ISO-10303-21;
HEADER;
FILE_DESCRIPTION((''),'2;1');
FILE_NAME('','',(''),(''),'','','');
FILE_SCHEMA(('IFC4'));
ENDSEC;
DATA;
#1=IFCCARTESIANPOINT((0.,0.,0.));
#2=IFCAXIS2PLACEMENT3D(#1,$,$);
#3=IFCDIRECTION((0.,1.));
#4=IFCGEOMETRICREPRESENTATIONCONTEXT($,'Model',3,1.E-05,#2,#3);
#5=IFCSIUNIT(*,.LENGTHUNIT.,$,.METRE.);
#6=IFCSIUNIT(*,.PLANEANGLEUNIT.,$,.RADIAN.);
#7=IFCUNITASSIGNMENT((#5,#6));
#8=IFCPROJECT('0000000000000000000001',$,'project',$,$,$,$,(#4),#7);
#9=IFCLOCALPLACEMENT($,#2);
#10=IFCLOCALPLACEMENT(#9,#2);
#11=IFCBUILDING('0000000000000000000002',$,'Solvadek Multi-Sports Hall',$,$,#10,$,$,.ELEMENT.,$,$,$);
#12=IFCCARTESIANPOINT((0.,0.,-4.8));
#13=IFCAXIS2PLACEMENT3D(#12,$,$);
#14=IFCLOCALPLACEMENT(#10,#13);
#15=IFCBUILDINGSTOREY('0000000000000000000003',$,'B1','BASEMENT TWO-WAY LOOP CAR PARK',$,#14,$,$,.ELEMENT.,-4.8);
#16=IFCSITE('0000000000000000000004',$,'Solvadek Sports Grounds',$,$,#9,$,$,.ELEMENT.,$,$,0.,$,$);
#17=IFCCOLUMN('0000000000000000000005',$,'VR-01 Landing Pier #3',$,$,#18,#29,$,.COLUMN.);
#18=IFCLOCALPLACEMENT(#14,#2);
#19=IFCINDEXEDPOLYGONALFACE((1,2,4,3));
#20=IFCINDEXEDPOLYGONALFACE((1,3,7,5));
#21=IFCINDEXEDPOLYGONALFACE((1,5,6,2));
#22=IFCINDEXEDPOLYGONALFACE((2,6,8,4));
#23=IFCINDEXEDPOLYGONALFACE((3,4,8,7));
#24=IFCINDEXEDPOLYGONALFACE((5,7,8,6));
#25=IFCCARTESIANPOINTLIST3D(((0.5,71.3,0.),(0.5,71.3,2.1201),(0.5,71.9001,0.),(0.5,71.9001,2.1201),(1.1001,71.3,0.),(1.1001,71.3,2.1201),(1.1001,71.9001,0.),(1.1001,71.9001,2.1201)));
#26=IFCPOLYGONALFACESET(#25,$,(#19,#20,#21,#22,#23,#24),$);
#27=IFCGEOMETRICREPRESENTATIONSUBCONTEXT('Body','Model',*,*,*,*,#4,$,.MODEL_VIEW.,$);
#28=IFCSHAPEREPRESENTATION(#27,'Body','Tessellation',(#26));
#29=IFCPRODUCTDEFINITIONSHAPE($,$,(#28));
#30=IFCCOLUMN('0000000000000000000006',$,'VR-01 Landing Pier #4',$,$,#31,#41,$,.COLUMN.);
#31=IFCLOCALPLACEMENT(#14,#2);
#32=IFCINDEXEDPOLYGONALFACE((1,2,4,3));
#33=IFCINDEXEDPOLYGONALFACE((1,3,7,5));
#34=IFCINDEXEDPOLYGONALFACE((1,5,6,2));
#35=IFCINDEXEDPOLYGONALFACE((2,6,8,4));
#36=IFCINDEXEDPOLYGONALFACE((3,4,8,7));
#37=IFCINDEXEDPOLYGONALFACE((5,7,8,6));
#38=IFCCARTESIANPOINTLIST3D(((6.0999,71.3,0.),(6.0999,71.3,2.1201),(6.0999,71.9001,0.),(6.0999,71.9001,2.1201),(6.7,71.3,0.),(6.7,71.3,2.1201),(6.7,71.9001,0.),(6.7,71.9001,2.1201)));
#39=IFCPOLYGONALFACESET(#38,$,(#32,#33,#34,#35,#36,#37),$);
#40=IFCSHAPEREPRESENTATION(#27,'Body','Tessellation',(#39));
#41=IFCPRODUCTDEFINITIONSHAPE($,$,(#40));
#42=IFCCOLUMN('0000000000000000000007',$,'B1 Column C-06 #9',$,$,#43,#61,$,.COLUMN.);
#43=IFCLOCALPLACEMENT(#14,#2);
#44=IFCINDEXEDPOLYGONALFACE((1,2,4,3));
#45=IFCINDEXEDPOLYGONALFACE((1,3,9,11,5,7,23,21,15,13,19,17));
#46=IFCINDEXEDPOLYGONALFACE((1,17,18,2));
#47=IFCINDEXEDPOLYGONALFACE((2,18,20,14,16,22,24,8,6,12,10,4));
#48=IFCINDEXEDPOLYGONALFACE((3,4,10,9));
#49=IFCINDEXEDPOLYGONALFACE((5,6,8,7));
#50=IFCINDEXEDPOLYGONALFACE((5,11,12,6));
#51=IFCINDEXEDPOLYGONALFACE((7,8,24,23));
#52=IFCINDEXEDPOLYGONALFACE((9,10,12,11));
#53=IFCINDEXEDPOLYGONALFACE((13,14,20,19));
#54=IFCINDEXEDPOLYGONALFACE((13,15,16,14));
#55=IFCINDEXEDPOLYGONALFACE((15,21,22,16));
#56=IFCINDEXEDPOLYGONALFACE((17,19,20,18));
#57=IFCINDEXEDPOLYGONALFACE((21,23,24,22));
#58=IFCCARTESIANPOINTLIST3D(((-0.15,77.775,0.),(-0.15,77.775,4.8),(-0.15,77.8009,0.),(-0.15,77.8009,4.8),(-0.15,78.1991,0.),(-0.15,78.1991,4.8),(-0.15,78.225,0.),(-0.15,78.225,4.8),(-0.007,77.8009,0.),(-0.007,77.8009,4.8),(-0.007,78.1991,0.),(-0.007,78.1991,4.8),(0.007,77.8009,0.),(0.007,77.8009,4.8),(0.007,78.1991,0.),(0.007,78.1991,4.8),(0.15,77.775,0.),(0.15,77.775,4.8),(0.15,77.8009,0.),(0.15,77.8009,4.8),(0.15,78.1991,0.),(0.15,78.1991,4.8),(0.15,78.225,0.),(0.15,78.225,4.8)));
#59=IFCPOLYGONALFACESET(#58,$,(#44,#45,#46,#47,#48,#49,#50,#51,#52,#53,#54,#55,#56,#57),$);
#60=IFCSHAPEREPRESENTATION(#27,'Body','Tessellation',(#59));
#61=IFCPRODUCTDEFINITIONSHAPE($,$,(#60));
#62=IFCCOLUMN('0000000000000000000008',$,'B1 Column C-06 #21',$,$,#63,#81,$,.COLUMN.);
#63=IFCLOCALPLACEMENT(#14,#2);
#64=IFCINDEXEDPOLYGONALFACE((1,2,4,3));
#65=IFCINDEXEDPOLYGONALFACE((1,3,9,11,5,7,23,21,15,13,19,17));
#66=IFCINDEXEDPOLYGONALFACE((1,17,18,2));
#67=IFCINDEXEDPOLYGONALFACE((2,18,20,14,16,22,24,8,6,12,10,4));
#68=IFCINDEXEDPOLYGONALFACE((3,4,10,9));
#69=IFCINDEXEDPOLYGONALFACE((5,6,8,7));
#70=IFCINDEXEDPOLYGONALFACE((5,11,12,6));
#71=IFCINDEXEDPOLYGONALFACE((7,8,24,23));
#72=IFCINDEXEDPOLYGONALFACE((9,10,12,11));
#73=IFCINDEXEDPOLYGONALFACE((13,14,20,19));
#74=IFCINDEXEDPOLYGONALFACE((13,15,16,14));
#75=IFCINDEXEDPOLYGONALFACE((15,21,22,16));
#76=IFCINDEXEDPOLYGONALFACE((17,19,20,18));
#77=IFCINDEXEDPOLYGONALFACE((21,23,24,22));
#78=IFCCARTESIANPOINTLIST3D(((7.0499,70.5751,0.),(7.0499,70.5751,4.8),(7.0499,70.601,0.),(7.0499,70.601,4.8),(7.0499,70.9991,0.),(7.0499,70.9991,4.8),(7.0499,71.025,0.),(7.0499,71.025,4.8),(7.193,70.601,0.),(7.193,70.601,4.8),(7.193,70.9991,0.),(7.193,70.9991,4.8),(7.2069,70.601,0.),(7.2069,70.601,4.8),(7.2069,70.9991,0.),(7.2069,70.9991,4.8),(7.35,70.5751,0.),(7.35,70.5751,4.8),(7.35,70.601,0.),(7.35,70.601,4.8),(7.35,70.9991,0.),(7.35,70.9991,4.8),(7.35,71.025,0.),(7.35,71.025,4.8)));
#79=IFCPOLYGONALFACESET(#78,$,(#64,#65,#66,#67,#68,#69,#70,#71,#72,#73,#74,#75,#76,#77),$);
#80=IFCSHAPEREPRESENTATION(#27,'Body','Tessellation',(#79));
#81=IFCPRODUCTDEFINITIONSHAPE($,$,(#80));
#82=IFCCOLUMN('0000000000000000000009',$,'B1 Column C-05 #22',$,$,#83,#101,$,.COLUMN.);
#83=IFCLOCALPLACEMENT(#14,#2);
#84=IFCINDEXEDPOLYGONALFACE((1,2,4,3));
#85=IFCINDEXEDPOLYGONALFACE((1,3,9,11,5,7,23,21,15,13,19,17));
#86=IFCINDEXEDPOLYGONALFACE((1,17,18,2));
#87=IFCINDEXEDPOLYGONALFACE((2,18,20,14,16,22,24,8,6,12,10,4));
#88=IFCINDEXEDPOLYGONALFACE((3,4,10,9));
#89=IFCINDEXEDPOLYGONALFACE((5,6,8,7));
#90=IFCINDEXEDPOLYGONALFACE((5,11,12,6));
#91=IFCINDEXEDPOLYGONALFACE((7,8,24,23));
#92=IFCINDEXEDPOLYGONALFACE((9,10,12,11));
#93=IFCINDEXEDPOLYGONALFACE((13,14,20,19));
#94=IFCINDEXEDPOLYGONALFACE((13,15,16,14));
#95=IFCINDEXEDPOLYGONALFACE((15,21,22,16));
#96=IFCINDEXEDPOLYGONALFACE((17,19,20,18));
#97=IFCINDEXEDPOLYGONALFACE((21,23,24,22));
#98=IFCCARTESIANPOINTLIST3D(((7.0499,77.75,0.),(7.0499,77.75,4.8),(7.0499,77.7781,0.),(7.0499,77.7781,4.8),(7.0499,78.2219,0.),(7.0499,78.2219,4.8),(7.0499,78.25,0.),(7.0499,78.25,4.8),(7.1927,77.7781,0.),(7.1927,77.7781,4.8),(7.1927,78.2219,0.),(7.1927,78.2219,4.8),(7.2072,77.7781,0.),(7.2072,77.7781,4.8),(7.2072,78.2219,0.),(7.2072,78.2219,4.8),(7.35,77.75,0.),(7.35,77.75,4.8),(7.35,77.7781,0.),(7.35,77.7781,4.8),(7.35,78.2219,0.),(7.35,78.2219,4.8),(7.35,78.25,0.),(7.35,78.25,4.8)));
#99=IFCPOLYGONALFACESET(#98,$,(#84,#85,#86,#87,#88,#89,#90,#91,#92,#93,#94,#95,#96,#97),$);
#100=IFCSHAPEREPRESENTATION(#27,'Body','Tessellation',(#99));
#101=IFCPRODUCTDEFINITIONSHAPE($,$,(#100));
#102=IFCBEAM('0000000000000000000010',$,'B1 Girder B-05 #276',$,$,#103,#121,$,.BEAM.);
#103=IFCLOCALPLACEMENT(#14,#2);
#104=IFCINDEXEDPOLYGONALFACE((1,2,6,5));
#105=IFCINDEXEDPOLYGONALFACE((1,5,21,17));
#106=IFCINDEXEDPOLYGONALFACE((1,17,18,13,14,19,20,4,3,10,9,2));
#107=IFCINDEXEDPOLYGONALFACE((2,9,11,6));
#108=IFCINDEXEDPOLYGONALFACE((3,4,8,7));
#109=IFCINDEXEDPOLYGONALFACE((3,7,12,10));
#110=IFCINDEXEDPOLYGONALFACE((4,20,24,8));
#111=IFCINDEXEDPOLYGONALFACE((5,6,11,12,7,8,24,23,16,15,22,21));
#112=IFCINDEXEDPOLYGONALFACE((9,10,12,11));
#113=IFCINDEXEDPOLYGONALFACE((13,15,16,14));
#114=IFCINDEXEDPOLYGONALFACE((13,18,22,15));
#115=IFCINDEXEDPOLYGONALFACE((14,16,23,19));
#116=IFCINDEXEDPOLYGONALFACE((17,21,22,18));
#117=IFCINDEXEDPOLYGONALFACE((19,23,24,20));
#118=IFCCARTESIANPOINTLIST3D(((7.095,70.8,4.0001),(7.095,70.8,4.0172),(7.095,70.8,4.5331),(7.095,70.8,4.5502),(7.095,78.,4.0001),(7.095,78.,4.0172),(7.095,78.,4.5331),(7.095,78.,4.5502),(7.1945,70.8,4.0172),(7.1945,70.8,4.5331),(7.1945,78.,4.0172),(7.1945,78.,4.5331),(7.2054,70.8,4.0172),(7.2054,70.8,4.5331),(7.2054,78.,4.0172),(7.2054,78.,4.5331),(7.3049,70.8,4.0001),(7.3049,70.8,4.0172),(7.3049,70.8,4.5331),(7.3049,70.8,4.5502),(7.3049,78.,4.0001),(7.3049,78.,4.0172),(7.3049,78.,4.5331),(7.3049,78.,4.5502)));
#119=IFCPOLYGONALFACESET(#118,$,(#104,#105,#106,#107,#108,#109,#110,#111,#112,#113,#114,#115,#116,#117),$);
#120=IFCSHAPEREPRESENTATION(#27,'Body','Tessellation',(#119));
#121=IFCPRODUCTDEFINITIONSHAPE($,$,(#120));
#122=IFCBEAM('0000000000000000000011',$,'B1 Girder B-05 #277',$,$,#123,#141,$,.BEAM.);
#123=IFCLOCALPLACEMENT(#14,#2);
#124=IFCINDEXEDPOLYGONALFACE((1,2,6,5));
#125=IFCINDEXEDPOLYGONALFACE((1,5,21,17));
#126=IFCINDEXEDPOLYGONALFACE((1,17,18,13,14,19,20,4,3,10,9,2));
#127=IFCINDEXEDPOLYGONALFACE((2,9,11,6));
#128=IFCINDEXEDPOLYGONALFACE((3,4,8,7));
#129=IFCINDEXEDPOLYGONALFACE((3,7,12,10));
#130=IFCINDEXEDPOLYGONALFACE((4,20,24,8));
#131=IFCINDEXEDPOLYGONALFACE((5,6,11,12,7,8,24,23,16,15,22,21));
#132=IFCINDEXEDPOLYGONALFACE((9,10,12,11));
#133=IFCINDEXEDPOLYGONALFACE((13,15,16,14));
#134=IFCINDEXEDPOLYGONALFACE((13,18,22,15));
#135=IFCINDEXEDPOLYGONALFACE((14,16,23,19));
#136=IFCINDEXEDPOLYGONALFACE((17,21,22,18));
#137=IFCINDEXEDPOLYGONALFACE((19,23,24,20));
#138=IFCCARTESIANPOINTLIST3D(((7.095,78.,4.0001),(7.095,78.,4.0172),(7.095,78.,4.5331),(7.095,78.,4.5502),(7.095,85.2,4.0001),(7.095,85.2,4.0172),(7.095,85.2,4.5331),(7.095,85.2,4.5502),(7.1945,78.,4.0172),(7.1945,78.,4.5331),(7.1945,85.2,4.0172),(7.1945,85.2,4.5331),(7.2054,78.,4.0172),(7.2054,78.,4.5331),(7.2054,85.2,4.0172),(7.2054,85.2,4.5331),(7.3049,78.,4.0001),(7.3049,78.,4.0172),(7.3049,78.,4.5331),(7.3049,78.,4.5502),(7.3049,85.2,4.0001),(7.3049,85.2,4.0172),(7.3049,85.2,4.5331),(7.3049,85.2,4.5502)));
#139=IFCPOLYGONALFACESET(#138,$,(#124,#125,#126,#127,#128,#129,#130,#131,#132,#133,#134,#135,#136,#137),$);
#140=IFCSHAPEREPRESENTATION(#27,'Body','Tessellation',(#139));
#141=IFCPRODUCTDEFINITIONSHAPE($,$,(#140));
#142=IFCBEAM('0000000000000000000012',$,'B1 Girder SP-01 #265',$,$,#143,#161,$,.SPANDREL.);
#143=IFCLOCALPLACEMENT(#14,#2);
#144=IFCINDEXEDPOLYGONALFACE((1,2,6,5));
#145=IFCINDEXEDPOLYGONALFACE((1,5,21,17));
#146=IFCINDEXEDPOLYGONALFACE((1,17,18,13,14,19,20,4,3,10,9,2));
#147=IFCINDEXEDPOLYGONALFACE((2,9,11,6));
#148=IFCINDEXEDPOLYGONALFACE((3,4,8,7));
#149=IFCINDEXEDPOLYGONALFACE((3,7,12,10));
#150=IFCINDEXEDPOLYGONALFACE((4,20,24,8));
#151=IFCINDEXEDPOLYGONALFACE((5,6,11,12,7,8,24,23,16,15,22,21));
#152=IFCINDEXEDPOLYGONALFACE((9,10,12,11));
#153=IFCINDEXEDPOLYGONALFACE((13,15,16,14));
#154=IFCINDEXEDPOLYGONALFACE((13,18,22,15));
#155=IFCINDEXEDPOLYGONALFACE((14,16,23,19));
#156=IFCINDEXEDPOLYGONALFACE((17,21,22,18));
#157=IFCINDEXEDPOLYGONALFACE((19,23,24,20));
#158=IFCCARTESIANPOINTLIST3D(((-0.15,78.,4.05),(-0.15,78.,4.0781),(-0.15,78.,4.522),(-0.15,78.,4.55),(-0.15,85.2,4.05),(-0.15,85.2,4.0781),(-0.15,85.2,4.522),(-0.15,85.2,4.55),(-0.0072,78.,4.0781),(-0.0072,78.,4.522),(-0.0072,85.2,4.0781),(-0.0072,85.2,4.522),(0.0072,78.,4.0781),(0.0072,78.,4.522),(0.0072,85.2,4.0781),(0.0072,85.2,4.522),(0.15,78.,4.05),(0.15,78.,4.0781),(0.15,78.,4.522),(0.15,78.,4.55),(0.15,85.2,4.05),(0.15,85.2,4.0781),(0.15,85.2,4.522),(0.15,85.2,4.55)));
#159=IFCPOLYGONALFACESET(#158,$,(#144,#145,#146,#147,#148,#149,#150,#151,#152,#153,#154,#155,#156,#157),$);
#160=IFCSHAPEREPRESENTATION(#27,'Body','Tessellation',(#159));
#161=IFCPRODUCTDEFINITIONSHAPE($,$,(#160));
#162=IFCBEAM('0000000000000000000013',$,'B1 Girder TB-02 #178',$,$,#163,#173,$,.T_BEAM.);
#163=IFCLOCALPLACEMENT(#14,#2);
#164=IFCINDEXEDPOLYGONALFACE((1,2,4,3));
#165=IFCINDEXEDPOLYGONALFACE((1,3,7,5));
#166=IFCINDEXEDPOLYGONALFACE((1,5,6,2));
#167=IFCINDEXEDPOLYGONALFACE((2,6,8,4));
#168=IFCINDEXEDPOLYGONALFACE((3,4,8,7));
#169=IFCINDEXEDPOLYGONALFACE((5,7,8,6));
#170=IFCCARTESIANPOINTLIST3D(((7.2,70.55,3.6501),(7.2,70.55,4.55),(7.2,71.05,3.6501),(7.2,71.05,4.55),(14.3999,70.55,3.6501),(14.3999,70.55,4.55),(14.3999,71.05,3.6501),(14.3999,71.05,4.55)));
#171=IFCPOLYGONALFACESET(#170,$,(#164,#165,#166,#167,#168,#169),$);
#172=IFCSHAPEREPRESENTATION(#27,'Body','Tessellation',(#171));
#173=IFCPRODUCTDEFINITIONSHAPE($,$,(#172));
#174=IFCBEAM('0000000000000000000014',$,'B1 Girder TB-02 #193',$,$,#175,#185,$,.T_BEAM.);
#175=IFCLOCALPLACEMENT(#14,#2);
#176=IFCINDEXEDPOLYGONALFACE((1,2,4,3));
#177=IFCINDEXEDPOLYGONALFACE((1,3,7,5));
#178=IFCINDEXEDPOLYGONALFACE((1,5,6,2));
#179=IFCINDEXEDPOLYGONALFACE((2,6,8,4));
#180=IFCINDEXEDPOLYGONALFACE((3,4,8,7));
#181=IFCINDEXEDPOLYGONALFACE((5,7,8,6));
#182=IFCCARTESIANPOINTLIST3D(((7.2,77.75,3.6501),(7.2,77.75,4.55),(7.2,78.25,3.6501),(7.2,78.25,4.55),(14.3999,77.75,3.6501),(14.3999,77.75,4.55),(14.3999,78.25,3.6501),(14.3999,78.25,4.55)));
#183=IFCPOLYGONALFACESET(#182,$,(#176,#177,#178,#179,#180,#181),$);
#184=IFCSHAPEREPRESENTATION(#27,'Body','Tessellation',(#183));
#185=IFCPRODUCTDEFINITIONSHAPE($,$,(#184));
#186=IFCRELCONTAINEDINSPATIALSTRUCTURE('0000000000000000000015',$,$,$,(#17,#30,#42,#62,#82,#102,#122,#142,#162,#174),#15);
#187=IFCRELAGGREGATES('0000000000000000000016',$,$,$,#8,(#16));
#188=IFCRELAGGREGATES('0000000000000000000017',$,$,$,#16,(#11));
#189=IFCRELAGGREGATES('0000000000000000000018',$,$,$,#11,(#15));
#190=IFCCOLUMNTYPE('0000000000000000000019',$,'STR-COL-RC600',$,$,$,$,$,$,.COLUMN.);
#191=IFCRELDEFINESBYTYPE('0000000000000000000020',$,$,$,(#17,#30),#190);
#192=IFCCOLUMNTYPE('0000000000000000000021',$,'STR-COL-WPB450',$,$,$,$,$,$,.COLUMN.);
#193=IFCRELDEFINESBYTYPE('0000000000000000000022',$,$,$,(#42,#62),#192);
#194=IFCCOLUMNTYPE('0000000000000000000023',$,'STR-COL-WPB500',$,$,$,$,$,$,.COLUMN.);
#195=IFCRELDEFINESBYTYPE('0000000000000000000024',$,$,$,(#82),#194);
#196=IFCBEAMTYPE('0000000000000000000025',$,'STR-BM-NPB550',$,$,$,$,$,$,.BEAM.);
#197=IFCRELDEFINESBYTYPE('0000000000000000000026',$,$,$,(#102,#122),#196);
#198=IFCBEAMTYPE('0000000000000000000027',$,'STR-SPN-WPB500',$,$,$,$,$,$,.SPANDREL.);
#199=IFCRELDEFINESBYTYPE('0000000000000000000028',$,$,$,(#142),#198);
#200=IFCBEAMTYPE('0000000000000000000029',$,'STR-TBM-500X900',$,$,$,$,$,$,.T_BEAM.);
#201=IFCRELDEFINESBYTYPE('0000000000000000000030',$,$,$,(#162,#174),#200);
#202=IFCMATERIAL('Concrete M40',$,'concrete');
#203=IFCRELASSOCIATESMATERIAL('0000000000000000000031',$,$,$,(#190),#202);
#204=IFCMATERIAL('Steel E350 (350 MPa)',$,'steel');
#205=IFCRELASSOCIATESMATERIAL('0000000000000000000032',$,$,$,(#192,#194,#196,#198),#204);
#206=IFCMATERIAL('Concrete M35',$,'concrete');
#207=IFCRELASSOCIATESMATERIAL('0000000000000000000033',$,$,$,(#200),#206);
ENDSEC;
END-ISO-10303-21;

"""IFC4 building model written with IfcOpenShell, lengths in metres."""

from ifc_helpers import new_model, si_unit, direction, frame, origin, origin_2d, place, context, subcontext, project, spatial, rectangle, i_section, extrude, material, material_profile, profile_set, type_object, element, save


model = new_model("IFC4")

# Units and contexts
model_context = context("Model", 3, precision=1e-05, world=origin(), true_north=direction((0.0, 1.0)))
body_context = subcontext(model_context, "Body", "Model", "MODEL_VIEW")
ifc_project = project(units=[si_unit("LENGTHUNIT", "METRE"), si_unit("PLANEANGLEUNIT", "RADIAN")], contexts=[model_context])

# Site, building, storey
site_placement = place(None, origin())
site = spatial("IfcSite", under=ifc_project, at=site_placement, Name="Solvadek Sports Grounds", CompositionType="ELEMENT", RefElevation=0.0)
building_placement = place(site_placement, origin())
building = spatial("IfcBuilding", under=site, at=building_placement, Name="Solvadek Multi-Sports Hall", CompositionType="ELEMENT")
storey_placement = place(building_placement, frame((0.0, 0.0, -4.8)))
storey = spatial("IfcBuildingStorey", under=building, at=storey_placement, Name="B1", Description="BASEMENT TWO-WAY LOOP CAR PARK", CompositionType="ELEMENT", Elevation=-4.8)

# Shared definitions
ifc_material_1 = material(Name="Concrete M40", Category="concrete")

# Shared definitions
ifc_material_2 = material(Name="Concrete M35", Category="concrete")

# Columns
ifc_material_profile_1 = material_profile(ifc_material_1, rectangle(XDim=0.6001, YDim=0.6001, at=origin_2d()), Name="RC 600x600")
ifc_profile_set_1 = profile_set([ifc_material_profile_1], Name="Concrete M40")
column_type_1 = type_object("IfcColumnType", Name="STR-COL-RC600", PredefinedType="COLUMN", material=ifc_profile_set_1)
for number, where, z_axis, x_axis, name in (
    (1, (0.8, 71.6001, 0.0), (0.0, 0.0, 1.0), (1.0, 0.0, 0.0), "VR-01 Landing Pier #3"),
    (2, (6.3999, 71.6001, 0.0), (0.0, 0.0, 1.0), (1.0, 0.0, 0.0), "VR-01 Landing Pier #4"),
):
    element("IfcColumn", number, at=place(storey_placement, frame(where, z_axis=z_axis, x_axis=x_axis)), inside=storey, type_object=column_type_1, Name=name, PredefinedType="COLUMN", context=body_context, shape_type="SweptSolid", body=[
        extrude(rectangle(XDim=0.6001, YDim=0.6001, at=origin_2d()), origin(), (0.0, 0.0, 1.0), 2.1201),
    ])
ifc_material_3 = material(Name="Steel E350 (350 MPa)", Category="steel")
ifc_material_profile_2 = material_profile(ifc_material_3, i_section(OverallWidth=0.3, OverallDepth=0.45, WebThickness=0.0139, FlangeThickness=0.0259, at=origin_2d()), Name="WPB 450")
ifc_profile_set_2 = profile_set([ifc_material_profile_2], Name="Steel E350 (350 MPa)")
column_type_2 = type_object("IfcColumnType", Name="STR-COL-WPB450", PredefinedType="COLUMN", material=ifc_profile_set_2)
for number, where, z_axis, x_axis, name in (
    (3, (0.0, 78.0, 0.0), (0.0, 0.0, 1.0), (1.0, 0.0, 0.0), "B1 Column C-06 #9"),
    (4, (7.2, 70.8, 0.0), (0.0, 0.0, 1.0), (1.0, 0.0, 0.0), "B1 Column C-06 #21"),
):
    element("IfcColumn", number, at=place(storey_placement, frame(where, z_axis=z_axis, x_axis=x_axis)), inside=storey, type_object=column_type_2, Name=name, PredefinedType="COLUMN", context=body_context, shape_type="SweptSolid", body=[
        extrude(i_section(OverallWidth=0.3, OverallDepth=0.45, WebThickness=0.0139, FlangeThickness=0.0259, at=origin_2d()), origin(), (0.0, 0.0, 1.0), 4.8),
    ])
ifc_material_profile_3 = material_profile(ifc_material_3, i_section(OverallWidth=0.3, OverallDepth=0.5, WebThickness=0.0144, FlangeThickness=0.0281, at=origin_2d()), Name="WPB 500")
ifc_profile_set_3 = profile_set([ifc_material_profile_3], Name="Steel E350 (350 MPa)")
column_type_3 = type_object("IfcColumnType", Name="STR-COL-WPB500", PredefinedType="COLUMN", material=ifc_profile_set_3)
column_placement = place(storey_placement, frame((7.2, 78.0, 0.0), z_axis=(0.0, 0.0, 1.0), x_axis=(1.0, 0.0, 0.0)))
element("IfcColumn", 5, at=column_placement, inside=storey, type_object=column_type_3, Name="B1 Column C-05 #22", PredefinedType="COLUMN", context=body_context, shape_type="SweptSolid", body=[
    extrude(i_section(OverallWidth=0.3, OverallDepth=0.5, WebThickness=0.0144, FlangeThickness=0.0281, at=origin_2d()), origin(), (0.0, 0.0, 1.0), 4.8),
])

# Beams
ifc_material_profile_4 = material_profile(ifc_material_3, i_section(OverallWidth=0.21, OverallDepth=0.55, WebThickness=0.011, FlangeThickness=0.0171, at=origin_2d()), Name="NPB 550")
ifc_profile_set_4 = profile_set([ifc_material_profile_4], Name="Steel E350 (350 MPa)")
beam_type_1 = type_object("IfcBeamType", Name="STR-BM-NPB550", PredefinedType="BEAM", material=ifc_profile_set_4)
for number, where, z_axis, x_axis, name in (
    (6, (7.2, 70.8, 4.2751), (0.0, 1.0, 0.0), (-1.0, 0.0, 0.0), "B1 Girder B-05 #276"),
    (7, (7.2, 78.0, 4.2751), (0.0, 1.0, 0.0), (-1.0, 0.0, 0.0), "B1 Girder B-05 #277"),
):
    element("IfcBeam", number, at=place(storey_placement, frame(where, z_axis=z_axis, x_axis=x_axis)), inside=storey, type_object=beam_type_1, Name=name, PredefinedType="BEAM", context=body_context, shape_type="SweptSolid", body=[
        extrude(i_section(OverallWidth=0.21, OverallDepth=0.55, WebThickness=0.011, FlangeThickness=0.0171, at=origin_2d()), origin(), (0.0, 0.0, 1.0), 7.2),
    ])
ifc_material_profile_5 = material_profile(ifc_material_3, i_section(OverallWidth=0.3, OverallDepth=0.5, WebThickness=0.0144, FlangeThickness=0.0281, at=origin_2d()), Name="WPB 500")
ifc_profile_set_5 = profile_set([ifc_material_profile_5], Name="Steel E350 (350 MPa)")
beam_type_2 = type_object("IfcBeamType", Name="STR-SPN-WPB500", PredefinedType="SPANDREL", material=ifc_profile_set_5)
beam_placement = place(storey_placement, frame((0.0, 78.0, 4.3), z_axis=(0.0, 1.0, 0.0), x_axis=(-1.0, 0.0, 0.0)))
element("IfcBeam", 8, at=beam_placement, inside=storey, type_object=beam_type_2, Name="B1 Girder SP-01 #265", PredefinedType="SPANDREL", context=body_context, shape_type="SweptSolid", body=[
    extrude(i_section(OverallWidth=0.3, OverallDepth=0.5, WebThickness=0.0144, FlangeThickness=0.0281, at=origin_2d()), origin(), (0.0, 0.0, 1.0), 7.2),
])
ifc_material_profile_6 = material_profile(ifc_material_2, rectangle(XDim=0.5, YDim=0.8999, at=origin_2d()), Name="RC T-BEAM 500x900")
ifc_profile_set_6 = profile_set([ifc_material_profile_6], Name="Concrete M35")
beam_type_3 = type_object("IfcBeamType", Name="STR-TBM-500X900", PredefinedType="T_BEAM", material=ifc_profile_set_6)
for number, where, z_axis, x_axis, name in (
    (9, (7.2, 70.8, 4.1001), (1.0, 0.0, 0.0), (0.0, 1.0, 0.0), "B1 Girder TB-02 #178"),
    (10, (7.2, 78.0, 4.1001), (1.0, 0.0, 0.0), (0.0, 1.0, 0.0), "B1 Girder TB-02 #193"),
):
    element("IfcBeam", number, at=place(storey_placement, frame(where, z_axis=z_axis, x_axis=x_axis)), inside=storey, type_object=beam_type_3, Name=name, PredefinedType="T_BEAM", context=body_context, shape_type="SweptSolid", body=[
        extrude(rectangle(XDim=0.5, YDim=0.8999, at=origin_2d()), origin(), (0.0, 0.0, 1.0), 7.2),
    ])

save(model, "model.ifc")
